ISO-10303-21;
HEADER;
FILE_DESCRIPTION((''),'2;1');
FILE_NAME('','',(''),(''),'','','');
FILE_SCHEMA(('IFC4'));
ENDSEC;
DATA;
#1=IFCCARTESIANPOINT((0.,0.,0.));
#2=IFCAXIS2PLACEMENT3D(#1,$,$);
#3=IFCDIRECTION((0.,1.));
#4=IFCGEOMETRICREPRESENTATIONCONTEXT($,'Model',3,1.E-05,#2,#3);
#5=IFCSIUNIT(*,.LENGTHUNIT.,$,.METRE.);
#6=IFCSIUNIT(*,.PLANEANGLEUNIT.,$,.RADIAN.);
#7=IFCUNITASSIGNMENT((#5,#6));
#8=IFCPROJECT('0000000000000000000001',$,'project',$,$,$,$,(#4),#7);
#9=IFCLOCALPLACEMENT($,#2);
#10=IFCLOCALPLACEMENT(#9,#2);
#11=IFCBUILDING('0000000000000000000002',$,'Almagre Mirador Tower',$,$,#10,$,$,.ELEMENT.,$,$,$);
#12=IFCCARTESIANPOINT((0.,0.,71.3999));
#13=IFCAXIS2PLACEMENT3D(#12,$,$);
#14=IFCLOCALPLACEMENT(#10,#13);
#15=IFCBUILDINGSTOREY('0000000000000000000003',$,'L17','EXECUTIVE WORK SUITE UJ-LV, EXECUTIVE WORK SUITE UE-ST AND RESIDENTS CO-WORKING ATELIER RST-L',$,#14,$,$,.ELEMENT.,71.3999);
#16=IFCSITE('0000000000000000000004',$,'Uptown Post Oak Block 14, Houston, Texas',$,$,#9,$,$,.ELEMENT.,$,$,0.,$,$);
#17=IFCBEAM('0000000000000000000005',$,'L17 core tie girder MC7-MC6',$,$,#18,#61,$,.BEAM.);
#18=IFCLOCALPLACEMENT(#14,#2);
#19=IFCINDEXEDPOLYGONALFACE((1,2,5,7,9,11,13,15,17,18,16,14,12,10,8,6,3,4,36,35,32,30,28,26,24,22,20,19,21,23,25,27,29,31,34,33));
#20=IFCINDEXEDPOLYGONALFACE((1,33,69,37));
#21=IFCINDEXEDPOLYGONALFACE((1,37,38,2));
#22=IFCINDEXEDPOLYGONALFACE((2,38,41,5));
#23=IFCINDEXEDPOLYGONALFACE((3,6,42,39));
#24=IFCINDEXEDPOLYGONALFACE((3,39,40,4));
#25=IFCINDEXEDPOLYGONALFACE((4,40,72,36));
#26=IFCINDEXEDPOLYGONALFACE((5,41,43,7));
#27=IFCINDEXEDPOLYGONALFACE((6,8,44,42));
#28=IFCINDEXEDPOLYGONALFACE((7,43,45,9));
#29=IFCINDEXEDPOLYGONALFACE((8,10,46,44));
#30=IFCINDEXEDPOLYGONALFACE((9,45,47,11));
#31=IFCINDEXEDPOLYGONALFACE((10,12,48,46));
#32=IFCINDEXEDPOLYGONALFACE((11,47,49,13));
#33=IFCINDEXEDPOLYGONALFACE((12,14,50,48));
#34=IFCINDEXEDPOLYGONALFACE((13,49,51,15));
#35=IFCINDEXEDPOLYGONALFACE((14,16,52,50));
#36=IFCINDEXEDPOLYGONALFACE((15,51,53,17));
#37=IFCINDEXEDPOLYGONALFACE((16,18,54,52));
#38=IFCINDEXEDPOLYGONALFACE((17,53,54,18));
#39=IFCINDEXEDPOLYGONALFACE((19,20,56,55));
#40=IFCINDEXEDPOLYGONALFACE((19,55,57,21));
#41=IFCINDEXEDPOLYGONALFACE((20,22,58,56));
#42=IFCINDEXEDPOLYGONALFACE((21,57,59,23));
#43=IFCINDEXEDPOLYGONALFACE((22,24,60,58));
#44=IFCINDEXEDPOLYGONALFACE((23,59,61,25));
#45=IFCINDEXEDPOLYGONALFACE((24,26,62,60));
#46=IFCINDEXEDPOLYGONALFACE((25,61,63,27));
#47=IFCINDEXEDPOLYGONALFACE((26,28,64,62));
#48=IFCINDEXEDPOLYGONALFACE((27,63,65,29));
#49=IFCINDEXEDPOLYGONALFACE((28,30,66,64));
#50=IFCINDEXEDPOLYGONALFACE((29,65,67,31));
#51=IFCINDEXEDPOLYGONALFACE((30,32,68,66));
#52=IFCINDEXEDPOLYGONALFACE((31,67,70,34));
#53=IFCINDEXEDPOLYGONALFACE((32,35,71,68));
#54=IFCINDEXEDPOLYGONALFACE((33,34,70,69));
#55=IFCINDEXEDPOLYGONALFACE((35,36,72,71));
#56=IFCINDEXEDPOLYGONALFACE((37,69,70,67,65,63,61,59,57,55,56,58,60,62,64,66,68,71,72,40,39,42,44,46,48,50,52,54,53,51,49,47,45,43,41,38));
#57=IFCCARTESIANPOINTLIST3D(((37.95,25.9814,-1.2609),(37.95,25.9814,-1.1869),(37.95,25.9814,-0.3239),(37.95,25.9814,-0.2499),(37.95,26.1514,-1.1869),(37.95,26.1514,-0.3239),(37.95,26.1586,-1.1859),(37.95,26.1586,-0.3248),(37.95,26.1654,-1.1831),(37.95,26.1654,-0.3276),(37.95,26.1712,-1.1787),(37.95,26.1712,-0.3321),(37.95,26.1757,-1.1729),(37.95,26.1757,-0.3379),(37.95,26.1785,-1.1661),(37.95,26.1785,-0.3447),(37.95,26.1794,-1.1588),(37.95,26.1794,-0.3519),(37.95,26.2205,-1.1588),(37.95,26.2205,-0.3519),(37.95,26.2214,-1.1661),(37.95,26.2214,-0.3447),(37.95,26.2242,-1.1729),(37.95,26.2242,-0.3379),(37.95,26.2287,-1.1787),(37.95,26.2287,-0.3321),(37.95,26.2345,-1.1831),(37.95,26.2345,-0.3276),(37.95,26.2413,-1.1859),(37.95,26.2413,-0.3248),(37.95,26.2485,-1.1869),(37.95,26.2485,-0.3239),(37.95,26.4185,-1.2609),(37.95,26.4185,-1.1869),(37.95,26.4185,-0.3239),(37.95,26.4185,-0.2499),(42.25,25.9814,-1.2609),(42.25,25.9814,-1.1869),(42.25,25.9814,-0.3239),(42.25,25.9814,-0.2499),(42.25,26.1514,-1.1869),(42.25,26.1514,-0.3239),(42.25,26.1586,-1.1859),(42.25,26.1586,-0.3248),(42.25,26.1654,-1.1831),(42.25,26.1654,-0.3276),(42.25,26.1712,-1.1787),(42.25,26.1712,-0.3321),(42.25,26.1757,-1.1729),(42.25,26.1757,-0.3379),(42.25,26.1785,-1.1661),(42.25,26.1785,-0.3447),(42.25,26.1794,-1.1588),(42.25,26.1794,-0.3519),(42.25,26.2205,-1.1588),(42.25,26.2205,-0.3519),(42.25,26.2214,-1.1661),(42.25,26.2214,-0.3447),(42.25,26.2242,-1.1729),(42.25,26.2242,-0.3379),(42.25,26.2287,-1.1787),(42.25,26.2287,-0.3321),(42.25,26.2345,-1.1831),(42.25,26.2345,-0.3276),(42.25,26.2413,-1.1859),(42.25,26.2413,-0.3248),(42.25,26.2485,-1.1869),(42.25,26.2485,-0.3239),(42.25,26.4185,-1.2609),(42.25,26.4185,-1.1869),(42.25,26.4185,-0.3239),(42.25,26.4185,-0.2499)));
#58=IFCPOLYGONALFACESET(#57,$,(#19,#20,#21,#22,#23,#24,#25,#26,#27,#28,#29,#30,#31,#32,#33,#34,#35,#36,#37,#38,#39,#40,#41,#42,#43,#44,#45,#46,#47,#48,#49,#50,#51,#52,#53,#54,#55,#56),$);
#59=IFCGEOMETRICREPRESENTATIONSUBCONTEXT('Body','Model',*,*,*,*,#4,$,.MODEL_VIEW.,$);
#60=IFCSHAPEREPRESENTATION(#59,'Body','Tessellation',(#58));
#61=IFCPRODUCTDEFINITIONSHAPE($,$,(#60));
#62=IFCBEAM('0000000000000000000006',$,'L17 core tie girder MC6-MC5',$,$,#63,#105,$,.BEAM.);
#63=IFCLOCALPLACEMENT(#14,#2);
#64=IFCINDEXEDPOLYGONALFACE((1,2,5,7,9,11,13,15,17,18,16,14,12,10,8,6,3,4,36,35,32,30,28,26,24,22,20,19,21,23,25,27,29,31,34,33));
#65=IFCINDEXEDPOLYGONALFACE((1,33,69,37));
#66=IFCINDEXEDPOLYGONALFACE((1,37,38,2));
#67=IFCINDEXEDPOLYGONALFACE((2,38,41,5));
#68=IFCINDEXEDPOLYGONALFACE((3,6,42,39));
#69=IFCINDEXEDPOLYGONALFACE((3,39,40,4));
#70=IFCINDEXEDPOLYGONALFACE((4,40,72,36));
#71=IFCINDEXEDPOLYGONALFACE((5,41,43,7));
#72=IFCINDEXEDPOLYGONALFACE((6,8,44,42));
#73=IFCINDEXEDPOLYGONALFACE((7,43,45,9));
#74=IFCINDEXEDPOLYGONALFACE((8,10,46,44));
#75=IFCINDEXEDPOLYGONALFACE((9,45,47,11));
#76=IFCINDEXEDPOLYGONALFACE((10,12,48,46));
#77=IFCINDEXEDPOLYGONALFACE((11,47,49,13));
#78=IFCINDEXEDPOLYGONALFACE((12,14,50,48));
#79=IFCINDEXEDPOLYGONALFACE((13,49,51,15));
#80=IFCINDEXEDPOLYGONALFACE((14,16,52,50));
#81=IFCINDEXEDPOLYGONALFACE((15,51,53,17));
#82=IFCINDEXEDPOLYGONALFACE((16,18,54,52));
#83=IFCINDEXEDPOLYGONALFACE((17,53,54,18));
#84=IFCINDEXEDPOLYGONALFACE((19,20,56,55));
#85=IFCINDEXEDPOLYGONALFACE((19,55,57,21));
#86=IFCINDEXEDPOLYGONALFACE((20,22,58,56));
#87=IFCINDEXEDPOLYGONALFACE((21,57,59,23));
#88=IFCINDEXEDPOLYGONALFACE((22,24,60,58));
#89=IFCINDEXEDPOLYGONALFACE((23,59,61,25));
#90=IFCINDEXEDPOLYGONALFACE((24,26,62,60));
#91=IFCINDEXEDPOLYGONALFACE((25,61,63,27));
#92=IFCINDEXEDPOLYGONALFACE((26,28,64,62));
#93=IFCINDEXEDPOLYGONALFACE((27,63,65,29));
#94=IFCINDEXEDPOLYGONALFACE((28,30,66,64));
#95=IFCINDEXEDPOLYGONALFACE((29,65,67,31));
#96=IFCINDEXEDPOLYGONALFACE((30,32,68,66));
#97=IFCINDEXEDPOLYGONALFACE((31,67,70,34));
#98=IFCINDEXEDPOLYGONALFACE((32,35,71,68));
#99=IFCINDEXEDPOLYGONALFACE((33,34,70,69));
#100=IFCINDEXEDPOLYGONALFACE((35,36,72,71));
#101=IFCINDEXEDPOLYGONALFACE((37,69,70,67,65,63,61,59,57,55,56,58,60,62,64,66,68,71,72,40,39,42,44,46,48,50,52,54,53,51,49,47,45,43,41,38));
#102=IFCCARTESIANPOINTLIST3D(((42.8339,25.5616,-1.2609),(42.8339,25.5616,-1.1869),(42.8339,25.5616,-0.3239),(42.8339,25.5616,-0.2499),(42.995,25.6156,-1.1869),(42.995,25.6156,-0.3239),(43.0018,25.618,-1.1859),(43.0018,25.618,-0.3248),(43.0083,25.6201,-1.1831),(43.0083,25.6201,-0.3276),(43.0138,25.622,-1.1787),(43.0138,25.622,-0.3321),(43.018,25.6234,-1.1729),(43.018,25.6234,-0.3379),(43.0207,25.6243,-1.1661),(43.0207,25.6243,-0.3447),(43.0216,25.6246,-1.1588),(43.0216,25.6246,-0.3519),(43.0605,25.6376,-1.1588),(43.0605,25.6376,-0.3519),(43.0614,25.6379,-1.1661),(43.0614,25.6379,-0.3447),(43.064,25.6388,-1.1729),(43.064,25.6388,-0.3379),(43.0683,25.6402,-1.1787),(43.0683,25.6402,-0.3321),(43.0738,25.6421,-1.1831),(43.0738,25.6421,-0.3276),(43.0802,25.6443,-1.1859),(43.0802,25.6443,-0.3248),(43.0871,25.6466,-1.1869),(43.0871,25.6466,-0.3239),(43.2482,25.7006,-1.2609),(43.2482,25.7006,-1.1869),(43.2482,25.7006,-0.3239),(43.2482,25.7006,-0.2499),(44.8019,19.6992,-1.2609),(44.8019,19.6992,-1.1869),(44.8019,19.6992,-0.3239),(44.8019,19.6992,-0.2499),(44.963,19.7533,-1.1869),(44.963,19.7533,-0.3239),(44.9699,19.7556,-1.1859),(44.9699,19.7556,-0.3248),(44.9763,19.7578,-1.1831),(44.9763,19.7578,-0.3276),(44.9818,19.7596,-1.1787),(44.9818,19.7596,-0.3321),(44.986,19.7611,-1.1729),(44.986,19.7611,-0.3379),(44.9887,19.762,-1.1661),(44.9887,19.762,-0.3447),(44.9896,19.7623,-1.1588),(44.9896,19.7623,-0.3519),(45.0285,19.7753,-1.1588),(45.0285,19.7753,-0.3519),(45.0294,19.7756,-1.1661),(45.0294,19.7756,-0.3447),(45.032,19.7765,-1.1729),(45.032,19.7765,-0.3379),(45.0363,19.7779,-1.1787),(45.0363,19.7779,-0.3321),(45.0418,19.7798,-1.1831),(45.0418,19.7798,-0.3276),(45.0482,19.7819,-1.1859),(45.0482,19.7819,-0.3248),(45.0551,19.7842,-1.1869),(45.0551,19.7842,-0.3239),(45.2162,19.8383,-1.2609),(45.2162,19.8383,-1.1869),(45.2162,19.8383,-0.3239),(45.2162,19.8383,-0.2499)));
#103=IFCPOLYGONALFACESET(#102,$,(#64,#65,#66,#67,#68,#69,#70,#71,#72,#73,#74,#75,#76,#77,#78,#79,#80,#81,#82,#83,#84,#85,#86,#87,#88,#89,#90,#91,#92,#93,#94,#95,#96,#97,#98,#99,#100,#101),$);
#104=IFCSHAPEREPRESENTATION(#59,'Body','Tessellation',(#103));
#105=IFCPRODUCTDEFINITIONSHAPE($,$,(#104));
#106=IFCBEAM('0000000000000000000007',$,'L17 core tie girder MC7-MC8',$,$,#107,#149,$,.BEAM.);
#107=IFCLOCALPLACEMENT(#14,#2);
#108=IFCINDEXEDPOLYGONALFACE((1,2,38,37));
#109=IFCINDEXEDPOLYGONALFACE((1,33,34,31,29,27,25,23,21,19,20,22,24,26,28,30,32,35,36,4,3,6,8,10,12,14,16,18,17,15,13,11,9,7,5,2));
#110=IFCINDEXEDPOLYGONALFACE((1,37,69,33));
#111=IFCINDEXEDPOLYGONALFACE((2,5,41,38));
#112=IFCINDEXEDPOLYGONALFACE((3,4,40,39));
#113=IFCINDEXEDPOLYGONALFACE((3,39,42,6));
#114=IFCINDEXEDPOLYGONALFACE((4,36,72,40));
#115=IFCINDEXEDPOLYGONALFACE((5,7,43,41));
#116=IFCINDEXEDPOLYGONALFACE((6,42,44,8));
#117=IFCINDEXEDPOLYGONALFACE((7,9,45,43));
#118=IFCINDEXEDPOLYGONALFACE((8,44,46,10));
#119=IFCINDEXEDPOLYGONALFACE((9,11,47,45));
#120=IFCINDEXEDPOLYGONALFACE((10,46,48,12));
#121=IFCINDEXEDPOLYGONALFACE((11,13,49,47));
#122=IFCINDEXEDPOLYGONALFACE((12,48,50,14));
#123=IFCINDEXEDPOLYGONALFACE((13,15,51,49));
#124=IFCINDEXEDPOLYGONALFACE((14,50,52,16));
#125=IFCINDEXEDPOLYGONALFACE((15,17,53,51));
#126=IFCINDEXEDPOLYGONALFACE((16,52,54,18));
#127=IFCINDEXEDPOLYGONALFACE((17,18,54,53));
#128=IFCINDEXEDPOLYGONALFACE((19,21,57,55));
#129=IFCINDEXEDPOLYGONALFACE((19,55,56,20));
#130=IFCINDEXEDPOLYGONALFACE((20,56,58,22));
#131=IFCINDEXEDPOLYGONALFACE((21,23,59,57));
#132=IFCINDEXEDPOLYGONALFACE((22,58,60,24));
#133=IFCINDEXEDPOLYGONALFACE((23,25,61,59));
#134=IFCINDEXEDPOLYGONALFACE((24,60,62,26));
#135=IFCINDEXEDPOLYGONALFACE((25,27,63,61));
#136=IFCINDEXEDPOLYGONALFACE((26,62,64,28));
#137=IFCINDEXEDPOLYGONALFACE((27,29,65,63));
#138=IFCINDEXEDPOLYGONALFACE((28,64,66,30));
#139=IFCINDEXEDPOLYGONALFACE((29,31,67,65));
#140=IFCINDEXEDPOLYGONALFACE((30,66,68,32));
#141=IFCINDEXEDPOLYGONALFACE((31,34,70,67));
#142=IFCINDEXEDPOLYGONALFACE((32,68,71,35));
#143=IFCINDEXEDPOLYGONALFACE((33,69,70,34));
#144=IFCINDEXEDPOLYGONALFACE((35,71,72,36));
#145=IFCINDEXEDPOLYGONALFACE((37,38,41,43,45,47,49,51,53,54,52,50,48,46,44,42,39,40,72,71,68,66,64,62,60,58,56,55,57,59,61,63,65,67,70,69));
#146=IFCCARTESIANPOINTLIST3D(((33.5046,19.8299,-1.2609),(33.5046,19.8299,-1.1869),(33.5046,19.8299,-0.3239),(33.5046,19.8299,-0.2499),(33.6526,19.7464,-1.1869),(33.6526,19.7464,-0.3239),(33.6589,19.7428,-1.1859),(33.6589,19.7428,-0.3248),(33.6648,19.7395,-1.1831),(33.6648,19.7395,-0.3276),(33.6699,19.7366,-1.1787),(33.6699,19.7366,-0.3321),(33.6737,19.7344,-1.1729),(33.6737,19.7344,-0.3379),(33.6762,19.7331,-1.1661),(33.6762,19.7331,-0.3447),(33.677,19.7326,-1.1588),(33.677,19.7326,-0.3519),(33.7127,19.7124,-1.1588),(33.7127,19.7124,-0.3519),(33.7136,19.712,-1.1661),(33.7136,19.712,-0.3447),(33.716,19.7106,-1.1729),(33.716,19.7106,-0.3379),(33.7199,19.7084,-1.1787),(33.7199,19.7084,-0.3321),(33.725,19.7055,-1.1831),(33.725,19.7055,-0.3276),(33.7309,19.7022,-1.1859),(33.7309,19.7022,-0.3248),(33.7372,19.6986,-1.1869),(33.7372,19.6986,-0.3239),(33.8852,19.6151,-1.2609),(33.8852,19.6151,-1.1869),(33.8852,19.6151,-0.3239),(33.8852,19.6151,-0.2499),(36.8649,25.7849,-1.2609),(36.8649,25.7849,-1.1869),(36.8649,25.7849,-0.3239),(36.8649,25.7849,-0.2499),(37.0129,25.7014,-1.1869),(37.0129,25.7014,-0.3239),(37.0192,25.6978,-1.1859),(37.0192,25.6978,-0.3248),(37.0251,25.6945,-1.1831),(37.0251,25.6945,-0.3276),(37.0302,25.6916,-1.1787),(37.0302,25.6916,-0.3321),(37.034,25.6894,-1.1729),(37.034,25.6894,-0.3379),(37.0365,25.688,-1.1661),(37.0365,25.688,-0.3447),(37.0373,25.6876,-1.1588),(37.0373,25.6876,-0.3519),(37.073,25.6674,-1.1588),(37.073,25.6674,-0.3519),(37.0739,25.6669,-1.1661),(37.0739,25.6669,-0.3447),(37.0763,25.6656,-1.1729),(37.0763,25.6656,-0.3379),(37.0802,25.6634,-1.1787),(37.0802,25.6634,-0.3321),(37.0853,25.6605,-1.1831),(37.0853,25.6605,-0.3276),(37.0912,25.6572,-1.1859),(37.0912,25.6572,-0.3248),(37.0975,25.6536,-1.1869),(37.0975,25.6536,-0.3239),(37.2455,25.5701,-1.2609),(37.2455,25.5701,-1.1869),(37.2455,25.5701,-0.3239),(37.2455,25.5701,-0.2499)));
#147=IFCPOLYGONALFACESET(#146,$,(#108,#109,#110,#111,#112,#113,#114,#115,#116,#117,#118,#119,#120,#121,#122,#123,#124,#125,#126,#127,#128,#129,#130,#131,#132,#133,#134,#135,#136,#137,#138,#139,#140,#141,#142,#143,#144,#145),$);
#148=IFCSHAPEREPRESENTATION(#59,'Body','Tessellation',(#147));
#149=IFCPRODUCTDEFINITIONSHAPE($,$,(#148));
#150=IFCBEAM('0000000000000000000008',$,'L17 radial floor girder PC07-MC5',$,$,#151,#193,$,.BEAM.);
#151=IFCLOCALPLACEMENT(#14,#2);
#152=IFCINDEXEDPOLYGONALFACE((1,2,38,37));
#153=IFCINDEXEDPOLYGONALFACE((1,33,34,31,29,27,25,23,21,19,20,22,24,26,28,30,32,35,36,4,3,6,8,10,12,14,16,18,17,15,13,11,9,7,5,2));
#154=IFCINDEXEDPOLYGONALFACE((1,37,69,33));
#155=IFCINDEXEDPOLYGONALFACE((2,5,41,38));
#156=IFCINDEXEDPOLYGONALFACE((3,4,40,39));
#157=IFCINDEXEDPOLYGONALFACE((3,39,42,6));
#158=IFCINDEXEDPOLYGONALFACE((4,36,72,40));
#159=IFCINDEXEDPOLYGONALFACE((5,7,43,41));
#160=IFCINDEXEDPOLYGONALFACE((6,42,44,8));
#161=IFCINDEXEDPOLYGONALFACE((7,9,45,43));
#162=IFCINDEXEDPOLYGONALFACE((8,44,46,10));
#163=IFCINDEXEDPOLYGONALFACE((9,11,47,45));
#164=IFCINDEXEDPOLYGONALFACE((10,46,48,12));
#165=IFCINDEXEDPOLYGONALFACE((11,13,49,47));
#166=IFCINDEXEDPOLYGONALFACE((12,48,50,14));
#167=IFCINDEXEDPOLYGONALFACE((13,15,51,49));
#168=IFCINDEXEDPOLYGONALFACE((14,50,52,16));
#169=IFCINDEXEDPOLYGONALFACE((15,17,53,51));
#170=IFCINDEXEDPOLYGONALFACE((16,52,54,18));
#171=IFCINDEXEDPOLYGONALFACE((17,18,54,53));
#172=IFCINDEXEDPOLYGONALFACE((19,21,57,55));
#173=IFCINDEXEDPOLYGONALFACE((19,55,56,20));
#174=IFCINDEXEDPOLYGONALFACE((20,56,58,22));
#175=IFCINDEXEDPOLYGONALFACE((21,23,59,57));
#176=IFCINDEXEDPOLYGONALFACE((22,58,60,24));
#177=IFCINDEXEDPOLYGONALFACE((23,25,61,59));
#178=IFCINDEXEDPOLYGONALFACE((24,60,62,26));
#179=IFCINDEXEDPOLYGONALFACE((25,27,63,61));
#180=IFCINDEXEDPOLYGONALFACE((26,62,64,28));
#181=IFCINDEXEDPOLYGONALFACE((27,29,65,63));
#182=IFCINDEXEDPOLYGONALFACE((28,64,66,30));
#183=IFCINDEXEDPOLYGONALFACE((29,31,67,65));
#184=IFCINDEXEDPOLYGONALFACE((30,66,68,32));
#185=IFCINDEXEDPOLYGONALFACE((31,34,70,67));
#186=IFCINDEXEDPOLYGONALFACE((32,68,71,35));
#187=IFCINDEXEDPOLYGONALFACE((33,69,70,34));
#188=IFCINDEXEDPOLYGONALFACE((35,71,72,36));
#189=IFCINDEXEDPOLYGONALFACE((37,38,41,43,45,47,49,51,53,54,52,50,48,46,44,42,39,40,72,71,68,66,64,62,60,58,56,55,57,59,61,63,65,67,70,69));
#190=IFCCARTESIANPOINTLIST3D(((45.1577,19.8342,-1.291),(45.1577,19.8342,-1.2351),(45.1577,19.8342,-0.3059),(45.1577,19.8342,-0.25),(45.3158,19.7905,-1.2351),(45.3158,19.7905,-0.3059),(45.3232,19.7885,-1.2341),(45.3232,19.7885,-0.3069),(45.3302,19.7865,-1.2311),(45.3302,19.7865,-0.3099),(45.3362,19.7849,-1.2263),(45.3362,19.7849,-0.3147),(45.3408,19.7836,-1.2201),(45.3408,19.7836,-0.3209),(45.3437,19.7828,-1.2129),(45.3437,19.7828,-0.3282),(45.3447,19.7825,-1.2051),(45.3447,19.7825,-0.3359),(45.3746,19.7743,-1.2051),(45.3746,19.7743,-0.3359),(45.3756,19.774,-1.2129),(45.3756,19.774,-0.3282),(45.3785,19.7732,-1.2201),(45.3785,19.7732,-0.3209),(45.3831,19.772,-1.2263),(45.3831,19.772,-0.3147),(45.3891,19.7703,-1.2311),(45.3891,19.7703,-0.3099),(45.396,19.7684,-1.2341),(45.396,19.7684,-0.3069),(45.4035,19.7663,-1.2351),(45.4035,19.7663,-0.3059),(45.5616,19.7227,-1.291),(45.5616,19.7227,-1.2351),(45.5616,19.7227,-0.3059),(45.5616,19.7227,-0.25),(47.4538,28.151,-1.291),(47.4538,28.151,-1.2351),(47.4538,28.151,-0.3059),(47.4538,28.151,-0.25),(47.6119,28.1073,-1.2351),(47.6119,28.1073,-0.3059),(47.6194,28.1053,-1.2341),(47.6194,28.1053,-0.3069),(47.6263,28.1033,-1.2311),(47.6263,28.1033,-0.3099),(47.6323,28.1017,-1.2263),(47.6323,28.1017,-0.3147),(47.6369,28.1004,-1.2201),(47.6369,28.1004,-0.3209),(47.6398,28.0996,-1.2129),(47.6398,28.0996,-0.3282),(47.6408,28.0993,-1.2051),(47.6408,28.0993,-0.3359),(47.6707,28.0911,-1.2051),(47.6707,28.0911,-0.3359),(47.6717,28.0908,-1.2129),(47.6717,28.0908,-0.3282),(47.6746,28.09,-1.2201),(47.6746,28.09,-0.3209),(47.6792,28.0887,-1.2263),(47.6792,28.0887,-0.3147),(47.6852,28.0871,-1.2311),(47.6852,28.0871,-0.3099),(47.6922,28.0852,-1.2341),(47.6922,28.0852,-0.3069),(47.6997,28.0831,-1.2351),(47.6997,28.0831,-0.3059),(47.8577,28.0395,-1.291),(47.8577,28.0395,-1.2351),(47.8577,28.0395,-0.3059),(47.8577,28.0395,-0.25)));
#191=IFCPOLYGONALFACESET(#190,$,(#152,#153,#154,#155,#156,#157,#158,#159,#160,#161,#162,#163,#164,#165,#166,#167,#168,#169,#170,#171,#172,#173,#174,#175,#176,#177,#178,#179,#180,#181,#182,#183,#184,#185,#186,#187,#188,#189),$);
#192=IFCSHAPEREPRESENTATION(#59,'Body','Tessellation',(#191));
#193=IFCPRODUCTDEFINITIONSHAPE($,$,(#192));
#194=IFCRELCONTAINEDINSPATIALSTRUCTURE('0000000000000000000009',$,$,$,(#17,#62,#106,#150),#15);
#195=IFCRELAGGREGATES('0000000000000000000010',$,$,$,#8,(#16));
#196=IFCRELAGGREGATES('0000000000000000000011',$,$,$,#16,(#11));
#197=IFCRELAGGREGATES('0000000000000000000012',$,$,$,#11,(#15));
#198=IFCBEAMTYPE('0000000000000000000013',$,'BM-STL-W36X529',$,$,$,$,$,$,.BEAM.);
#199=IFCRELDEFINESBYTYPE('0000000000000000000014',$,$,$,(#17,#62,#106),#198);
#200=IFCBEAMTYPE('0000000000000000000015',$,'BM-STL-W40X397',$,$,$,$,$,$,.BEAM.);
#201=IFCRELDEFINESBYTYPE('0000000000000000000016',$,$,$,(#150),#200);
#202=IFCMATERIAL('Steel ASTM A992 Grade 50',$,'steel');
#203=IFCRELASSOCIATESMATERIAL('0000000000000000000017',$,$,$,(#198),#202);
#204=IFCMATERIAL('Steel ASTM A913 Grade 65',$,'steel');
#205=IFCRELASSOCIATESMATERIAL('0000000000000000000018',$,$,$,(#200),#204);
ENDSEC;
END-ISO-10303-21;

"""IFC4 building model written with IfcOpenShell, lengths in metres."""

from ifc_helpers import new_model, si_unit, direction, frame, origin, origin_2d, place, context, subcontext, project, spatial, i_section, extrude, material, material_profile, profile_set, type_object, element, save


model = new_model("IFC4")

# Units and contexts
model_context = context("Model", 3, precision=1e-05, world=origin(), true_north=direction((0.0, 1.0)))
body_context = subcontext(model_context, "Body", "Model", "MODEL_VIEW")
ifc_project = project(units=[si_unit("LENGTHUNIT", "METRE"), si_unit("PLANEANGLEUNIT", "RADIAN")], contexts=[model_context])

# Site, building, storey
site_placement = place(None, origin())
site = spatial("IfcSite", under=ifc_project, at=site_placement, Name="Uptown Post Oak Block 14, Houston, Texas", CompositionType="ELEMENT", RefElevation=0.0)
building_placement = place(site_placement, origin())
building = spatial("IfcBuilding", under=site, at=building_placement, Name="Almagre Mirador Tower", CompositionType="ELEMENT")
storey_placement = place(building_placement, frame((0.0, 0.0, 71.3999)))
storey = spatial("IfcBuildingStorey", under=building, at=storey_placement, Name="L17", Description="EXECUTIVE WORK SUITE UJ-LV, EXECUTIVE WORK SUITE UE-ST AND RESIDENTS CO-WORKING ATELIER RST-L", CompositionType="ELEMENT", Elevation=71.3999)

# Beams
ifc_material_1 = material(Name="Steel ASTM A992 Grade 50", Category="steel")
ifc_material_profile_1 = material_profile(ifc_material_1, i_section(OverallWidth=0.437, OverallDepth=1.011, WebThickness=0.041, FlangeThickness=0.074, FilletRadius=0.0281, at=origin_2d()), Name="W36X529")
ifc_profile_set_1 = profile_set([ifc_material_profile_1], Name="Steel ASTM A992 Grade 50")
beam_type_1 = type_object("IfcBeamType", Name="BM-STL-W36X529", PredefinedType="BEAM", material=ifc_profile_set_1)
beam_1_placement = place(storey_placement, frame((37.95, 26.2, -0.7554), z_axis=(1.0, 0.0, 0.0), x_axis=(0.0, 1.0, 0.0)))
element("IfcBeam", 1, at=beam_1_placement, inside=storey, type_object=beam_type_1, Name="L17 core tie girder MC7-MC6", PredefinedType="BEAM", context=body_context, shape_type="SweptSolid", body=[
    extrude(i_section(OverallWidth=0.437, OverallDepth=1.011, WebThickness=0.041, FlangeThickness=0.074, FilletRadius=0.0281, at=origin_2d()), origin(), (0.0, 0.0, 1.0), 4.3),
])
beam_2_placement = place(storey_placement, frame((43.041, 25.6311, -0.7554), z_axis=(0.318252, -0.948006, 0.0), x_axis=(0.948006, 0.318252, 0.0)))
element("IfcBeam", 2, at=beam_2_placement, inside=storey, type_object=beam_type_1, Name="L17 core tie girder MC6-MC5", PredefinedType="BEAM", context=body_context, shape_type="SweptSolid", body=[
    extrude(i_section(OverallWidth=0.437, OverallDepth=1.011, WebThickness=0.041, FlangeThickness=0.074, FilletRadius=0.0281, at=origin_2d()), origin(), (0.0, 0.0, 1.0), 6.1838),
])
beam_3_placement = place(storey_placement, frame((37.0552, 25.6775, -0.7554), z_axis=(-0.491441, -0.870911, 0.0), x_axis=(0.870911, -0.491441, 0.0)))
element("IfcBeam", 3, at=beam_3_placement, inside=storey, type_object=beam_type_1, Name="L17 core tie girder MC7-MC8", PredefinedType="BEAM", context=body_context, shape_type="SweptSolid", body=[
    extrude(i_section(OverallWidth=0.437, OverallDepth=1.011, WebThickness=0.041, FlangeThickness=0.074, FilletRadius=0.0281, at=origin_2d()), origin(), (0.0, 0.0, 1.0), 6.8376),
])
ifc_material_2 = material(Name="Steel ASTM A913 Grade 65", Category="steel")
ifc_material_profile_2 = material_profile(ifc_material_2, i_section(OverallWidth=0.4189, OverallDepth=1.041, WebThickness=0.031, FlangeThickness=0.0559, FilletRadius=0.03, at=origin_2d()), Name="W40X397")
ifc_profile_set_2 = profile_set([ifc_material_profile_2], Name="Steel ASTM A913 Grade 65")
beam_type_2 = type_object("IfcBeamType", Name="BM-STL-W40X397", PredefinedType="BEAM", material=ifc_profile_set_2)
beam_4_placement = place(storey_placement, frame((47.6558, 28.0952, -0.7705), z_axis=(-0.266126, -0.963938, 0.0), x_axis=(0.963938, -0.266126, 0.0)))
element("IfcBeam", 4, at=beam_4_placement, inside=storey, type_object=beam_type_2, Name="L17 radial floor girder PC07-MC5", PredefinedType="BEAM", context=body_context, shape_type="SweptSolid", body=[
    extrude(i_section(OverallWidth=0.4189, OverallDepth=1.041, WebThickness=0.031, FlangeThickness=0.0559, FilletRadius=0.03, at=origin_2d()), origin(), (0.0, 0.0, 1.0), 8.6279),
])

save(model, "model.ifc")
